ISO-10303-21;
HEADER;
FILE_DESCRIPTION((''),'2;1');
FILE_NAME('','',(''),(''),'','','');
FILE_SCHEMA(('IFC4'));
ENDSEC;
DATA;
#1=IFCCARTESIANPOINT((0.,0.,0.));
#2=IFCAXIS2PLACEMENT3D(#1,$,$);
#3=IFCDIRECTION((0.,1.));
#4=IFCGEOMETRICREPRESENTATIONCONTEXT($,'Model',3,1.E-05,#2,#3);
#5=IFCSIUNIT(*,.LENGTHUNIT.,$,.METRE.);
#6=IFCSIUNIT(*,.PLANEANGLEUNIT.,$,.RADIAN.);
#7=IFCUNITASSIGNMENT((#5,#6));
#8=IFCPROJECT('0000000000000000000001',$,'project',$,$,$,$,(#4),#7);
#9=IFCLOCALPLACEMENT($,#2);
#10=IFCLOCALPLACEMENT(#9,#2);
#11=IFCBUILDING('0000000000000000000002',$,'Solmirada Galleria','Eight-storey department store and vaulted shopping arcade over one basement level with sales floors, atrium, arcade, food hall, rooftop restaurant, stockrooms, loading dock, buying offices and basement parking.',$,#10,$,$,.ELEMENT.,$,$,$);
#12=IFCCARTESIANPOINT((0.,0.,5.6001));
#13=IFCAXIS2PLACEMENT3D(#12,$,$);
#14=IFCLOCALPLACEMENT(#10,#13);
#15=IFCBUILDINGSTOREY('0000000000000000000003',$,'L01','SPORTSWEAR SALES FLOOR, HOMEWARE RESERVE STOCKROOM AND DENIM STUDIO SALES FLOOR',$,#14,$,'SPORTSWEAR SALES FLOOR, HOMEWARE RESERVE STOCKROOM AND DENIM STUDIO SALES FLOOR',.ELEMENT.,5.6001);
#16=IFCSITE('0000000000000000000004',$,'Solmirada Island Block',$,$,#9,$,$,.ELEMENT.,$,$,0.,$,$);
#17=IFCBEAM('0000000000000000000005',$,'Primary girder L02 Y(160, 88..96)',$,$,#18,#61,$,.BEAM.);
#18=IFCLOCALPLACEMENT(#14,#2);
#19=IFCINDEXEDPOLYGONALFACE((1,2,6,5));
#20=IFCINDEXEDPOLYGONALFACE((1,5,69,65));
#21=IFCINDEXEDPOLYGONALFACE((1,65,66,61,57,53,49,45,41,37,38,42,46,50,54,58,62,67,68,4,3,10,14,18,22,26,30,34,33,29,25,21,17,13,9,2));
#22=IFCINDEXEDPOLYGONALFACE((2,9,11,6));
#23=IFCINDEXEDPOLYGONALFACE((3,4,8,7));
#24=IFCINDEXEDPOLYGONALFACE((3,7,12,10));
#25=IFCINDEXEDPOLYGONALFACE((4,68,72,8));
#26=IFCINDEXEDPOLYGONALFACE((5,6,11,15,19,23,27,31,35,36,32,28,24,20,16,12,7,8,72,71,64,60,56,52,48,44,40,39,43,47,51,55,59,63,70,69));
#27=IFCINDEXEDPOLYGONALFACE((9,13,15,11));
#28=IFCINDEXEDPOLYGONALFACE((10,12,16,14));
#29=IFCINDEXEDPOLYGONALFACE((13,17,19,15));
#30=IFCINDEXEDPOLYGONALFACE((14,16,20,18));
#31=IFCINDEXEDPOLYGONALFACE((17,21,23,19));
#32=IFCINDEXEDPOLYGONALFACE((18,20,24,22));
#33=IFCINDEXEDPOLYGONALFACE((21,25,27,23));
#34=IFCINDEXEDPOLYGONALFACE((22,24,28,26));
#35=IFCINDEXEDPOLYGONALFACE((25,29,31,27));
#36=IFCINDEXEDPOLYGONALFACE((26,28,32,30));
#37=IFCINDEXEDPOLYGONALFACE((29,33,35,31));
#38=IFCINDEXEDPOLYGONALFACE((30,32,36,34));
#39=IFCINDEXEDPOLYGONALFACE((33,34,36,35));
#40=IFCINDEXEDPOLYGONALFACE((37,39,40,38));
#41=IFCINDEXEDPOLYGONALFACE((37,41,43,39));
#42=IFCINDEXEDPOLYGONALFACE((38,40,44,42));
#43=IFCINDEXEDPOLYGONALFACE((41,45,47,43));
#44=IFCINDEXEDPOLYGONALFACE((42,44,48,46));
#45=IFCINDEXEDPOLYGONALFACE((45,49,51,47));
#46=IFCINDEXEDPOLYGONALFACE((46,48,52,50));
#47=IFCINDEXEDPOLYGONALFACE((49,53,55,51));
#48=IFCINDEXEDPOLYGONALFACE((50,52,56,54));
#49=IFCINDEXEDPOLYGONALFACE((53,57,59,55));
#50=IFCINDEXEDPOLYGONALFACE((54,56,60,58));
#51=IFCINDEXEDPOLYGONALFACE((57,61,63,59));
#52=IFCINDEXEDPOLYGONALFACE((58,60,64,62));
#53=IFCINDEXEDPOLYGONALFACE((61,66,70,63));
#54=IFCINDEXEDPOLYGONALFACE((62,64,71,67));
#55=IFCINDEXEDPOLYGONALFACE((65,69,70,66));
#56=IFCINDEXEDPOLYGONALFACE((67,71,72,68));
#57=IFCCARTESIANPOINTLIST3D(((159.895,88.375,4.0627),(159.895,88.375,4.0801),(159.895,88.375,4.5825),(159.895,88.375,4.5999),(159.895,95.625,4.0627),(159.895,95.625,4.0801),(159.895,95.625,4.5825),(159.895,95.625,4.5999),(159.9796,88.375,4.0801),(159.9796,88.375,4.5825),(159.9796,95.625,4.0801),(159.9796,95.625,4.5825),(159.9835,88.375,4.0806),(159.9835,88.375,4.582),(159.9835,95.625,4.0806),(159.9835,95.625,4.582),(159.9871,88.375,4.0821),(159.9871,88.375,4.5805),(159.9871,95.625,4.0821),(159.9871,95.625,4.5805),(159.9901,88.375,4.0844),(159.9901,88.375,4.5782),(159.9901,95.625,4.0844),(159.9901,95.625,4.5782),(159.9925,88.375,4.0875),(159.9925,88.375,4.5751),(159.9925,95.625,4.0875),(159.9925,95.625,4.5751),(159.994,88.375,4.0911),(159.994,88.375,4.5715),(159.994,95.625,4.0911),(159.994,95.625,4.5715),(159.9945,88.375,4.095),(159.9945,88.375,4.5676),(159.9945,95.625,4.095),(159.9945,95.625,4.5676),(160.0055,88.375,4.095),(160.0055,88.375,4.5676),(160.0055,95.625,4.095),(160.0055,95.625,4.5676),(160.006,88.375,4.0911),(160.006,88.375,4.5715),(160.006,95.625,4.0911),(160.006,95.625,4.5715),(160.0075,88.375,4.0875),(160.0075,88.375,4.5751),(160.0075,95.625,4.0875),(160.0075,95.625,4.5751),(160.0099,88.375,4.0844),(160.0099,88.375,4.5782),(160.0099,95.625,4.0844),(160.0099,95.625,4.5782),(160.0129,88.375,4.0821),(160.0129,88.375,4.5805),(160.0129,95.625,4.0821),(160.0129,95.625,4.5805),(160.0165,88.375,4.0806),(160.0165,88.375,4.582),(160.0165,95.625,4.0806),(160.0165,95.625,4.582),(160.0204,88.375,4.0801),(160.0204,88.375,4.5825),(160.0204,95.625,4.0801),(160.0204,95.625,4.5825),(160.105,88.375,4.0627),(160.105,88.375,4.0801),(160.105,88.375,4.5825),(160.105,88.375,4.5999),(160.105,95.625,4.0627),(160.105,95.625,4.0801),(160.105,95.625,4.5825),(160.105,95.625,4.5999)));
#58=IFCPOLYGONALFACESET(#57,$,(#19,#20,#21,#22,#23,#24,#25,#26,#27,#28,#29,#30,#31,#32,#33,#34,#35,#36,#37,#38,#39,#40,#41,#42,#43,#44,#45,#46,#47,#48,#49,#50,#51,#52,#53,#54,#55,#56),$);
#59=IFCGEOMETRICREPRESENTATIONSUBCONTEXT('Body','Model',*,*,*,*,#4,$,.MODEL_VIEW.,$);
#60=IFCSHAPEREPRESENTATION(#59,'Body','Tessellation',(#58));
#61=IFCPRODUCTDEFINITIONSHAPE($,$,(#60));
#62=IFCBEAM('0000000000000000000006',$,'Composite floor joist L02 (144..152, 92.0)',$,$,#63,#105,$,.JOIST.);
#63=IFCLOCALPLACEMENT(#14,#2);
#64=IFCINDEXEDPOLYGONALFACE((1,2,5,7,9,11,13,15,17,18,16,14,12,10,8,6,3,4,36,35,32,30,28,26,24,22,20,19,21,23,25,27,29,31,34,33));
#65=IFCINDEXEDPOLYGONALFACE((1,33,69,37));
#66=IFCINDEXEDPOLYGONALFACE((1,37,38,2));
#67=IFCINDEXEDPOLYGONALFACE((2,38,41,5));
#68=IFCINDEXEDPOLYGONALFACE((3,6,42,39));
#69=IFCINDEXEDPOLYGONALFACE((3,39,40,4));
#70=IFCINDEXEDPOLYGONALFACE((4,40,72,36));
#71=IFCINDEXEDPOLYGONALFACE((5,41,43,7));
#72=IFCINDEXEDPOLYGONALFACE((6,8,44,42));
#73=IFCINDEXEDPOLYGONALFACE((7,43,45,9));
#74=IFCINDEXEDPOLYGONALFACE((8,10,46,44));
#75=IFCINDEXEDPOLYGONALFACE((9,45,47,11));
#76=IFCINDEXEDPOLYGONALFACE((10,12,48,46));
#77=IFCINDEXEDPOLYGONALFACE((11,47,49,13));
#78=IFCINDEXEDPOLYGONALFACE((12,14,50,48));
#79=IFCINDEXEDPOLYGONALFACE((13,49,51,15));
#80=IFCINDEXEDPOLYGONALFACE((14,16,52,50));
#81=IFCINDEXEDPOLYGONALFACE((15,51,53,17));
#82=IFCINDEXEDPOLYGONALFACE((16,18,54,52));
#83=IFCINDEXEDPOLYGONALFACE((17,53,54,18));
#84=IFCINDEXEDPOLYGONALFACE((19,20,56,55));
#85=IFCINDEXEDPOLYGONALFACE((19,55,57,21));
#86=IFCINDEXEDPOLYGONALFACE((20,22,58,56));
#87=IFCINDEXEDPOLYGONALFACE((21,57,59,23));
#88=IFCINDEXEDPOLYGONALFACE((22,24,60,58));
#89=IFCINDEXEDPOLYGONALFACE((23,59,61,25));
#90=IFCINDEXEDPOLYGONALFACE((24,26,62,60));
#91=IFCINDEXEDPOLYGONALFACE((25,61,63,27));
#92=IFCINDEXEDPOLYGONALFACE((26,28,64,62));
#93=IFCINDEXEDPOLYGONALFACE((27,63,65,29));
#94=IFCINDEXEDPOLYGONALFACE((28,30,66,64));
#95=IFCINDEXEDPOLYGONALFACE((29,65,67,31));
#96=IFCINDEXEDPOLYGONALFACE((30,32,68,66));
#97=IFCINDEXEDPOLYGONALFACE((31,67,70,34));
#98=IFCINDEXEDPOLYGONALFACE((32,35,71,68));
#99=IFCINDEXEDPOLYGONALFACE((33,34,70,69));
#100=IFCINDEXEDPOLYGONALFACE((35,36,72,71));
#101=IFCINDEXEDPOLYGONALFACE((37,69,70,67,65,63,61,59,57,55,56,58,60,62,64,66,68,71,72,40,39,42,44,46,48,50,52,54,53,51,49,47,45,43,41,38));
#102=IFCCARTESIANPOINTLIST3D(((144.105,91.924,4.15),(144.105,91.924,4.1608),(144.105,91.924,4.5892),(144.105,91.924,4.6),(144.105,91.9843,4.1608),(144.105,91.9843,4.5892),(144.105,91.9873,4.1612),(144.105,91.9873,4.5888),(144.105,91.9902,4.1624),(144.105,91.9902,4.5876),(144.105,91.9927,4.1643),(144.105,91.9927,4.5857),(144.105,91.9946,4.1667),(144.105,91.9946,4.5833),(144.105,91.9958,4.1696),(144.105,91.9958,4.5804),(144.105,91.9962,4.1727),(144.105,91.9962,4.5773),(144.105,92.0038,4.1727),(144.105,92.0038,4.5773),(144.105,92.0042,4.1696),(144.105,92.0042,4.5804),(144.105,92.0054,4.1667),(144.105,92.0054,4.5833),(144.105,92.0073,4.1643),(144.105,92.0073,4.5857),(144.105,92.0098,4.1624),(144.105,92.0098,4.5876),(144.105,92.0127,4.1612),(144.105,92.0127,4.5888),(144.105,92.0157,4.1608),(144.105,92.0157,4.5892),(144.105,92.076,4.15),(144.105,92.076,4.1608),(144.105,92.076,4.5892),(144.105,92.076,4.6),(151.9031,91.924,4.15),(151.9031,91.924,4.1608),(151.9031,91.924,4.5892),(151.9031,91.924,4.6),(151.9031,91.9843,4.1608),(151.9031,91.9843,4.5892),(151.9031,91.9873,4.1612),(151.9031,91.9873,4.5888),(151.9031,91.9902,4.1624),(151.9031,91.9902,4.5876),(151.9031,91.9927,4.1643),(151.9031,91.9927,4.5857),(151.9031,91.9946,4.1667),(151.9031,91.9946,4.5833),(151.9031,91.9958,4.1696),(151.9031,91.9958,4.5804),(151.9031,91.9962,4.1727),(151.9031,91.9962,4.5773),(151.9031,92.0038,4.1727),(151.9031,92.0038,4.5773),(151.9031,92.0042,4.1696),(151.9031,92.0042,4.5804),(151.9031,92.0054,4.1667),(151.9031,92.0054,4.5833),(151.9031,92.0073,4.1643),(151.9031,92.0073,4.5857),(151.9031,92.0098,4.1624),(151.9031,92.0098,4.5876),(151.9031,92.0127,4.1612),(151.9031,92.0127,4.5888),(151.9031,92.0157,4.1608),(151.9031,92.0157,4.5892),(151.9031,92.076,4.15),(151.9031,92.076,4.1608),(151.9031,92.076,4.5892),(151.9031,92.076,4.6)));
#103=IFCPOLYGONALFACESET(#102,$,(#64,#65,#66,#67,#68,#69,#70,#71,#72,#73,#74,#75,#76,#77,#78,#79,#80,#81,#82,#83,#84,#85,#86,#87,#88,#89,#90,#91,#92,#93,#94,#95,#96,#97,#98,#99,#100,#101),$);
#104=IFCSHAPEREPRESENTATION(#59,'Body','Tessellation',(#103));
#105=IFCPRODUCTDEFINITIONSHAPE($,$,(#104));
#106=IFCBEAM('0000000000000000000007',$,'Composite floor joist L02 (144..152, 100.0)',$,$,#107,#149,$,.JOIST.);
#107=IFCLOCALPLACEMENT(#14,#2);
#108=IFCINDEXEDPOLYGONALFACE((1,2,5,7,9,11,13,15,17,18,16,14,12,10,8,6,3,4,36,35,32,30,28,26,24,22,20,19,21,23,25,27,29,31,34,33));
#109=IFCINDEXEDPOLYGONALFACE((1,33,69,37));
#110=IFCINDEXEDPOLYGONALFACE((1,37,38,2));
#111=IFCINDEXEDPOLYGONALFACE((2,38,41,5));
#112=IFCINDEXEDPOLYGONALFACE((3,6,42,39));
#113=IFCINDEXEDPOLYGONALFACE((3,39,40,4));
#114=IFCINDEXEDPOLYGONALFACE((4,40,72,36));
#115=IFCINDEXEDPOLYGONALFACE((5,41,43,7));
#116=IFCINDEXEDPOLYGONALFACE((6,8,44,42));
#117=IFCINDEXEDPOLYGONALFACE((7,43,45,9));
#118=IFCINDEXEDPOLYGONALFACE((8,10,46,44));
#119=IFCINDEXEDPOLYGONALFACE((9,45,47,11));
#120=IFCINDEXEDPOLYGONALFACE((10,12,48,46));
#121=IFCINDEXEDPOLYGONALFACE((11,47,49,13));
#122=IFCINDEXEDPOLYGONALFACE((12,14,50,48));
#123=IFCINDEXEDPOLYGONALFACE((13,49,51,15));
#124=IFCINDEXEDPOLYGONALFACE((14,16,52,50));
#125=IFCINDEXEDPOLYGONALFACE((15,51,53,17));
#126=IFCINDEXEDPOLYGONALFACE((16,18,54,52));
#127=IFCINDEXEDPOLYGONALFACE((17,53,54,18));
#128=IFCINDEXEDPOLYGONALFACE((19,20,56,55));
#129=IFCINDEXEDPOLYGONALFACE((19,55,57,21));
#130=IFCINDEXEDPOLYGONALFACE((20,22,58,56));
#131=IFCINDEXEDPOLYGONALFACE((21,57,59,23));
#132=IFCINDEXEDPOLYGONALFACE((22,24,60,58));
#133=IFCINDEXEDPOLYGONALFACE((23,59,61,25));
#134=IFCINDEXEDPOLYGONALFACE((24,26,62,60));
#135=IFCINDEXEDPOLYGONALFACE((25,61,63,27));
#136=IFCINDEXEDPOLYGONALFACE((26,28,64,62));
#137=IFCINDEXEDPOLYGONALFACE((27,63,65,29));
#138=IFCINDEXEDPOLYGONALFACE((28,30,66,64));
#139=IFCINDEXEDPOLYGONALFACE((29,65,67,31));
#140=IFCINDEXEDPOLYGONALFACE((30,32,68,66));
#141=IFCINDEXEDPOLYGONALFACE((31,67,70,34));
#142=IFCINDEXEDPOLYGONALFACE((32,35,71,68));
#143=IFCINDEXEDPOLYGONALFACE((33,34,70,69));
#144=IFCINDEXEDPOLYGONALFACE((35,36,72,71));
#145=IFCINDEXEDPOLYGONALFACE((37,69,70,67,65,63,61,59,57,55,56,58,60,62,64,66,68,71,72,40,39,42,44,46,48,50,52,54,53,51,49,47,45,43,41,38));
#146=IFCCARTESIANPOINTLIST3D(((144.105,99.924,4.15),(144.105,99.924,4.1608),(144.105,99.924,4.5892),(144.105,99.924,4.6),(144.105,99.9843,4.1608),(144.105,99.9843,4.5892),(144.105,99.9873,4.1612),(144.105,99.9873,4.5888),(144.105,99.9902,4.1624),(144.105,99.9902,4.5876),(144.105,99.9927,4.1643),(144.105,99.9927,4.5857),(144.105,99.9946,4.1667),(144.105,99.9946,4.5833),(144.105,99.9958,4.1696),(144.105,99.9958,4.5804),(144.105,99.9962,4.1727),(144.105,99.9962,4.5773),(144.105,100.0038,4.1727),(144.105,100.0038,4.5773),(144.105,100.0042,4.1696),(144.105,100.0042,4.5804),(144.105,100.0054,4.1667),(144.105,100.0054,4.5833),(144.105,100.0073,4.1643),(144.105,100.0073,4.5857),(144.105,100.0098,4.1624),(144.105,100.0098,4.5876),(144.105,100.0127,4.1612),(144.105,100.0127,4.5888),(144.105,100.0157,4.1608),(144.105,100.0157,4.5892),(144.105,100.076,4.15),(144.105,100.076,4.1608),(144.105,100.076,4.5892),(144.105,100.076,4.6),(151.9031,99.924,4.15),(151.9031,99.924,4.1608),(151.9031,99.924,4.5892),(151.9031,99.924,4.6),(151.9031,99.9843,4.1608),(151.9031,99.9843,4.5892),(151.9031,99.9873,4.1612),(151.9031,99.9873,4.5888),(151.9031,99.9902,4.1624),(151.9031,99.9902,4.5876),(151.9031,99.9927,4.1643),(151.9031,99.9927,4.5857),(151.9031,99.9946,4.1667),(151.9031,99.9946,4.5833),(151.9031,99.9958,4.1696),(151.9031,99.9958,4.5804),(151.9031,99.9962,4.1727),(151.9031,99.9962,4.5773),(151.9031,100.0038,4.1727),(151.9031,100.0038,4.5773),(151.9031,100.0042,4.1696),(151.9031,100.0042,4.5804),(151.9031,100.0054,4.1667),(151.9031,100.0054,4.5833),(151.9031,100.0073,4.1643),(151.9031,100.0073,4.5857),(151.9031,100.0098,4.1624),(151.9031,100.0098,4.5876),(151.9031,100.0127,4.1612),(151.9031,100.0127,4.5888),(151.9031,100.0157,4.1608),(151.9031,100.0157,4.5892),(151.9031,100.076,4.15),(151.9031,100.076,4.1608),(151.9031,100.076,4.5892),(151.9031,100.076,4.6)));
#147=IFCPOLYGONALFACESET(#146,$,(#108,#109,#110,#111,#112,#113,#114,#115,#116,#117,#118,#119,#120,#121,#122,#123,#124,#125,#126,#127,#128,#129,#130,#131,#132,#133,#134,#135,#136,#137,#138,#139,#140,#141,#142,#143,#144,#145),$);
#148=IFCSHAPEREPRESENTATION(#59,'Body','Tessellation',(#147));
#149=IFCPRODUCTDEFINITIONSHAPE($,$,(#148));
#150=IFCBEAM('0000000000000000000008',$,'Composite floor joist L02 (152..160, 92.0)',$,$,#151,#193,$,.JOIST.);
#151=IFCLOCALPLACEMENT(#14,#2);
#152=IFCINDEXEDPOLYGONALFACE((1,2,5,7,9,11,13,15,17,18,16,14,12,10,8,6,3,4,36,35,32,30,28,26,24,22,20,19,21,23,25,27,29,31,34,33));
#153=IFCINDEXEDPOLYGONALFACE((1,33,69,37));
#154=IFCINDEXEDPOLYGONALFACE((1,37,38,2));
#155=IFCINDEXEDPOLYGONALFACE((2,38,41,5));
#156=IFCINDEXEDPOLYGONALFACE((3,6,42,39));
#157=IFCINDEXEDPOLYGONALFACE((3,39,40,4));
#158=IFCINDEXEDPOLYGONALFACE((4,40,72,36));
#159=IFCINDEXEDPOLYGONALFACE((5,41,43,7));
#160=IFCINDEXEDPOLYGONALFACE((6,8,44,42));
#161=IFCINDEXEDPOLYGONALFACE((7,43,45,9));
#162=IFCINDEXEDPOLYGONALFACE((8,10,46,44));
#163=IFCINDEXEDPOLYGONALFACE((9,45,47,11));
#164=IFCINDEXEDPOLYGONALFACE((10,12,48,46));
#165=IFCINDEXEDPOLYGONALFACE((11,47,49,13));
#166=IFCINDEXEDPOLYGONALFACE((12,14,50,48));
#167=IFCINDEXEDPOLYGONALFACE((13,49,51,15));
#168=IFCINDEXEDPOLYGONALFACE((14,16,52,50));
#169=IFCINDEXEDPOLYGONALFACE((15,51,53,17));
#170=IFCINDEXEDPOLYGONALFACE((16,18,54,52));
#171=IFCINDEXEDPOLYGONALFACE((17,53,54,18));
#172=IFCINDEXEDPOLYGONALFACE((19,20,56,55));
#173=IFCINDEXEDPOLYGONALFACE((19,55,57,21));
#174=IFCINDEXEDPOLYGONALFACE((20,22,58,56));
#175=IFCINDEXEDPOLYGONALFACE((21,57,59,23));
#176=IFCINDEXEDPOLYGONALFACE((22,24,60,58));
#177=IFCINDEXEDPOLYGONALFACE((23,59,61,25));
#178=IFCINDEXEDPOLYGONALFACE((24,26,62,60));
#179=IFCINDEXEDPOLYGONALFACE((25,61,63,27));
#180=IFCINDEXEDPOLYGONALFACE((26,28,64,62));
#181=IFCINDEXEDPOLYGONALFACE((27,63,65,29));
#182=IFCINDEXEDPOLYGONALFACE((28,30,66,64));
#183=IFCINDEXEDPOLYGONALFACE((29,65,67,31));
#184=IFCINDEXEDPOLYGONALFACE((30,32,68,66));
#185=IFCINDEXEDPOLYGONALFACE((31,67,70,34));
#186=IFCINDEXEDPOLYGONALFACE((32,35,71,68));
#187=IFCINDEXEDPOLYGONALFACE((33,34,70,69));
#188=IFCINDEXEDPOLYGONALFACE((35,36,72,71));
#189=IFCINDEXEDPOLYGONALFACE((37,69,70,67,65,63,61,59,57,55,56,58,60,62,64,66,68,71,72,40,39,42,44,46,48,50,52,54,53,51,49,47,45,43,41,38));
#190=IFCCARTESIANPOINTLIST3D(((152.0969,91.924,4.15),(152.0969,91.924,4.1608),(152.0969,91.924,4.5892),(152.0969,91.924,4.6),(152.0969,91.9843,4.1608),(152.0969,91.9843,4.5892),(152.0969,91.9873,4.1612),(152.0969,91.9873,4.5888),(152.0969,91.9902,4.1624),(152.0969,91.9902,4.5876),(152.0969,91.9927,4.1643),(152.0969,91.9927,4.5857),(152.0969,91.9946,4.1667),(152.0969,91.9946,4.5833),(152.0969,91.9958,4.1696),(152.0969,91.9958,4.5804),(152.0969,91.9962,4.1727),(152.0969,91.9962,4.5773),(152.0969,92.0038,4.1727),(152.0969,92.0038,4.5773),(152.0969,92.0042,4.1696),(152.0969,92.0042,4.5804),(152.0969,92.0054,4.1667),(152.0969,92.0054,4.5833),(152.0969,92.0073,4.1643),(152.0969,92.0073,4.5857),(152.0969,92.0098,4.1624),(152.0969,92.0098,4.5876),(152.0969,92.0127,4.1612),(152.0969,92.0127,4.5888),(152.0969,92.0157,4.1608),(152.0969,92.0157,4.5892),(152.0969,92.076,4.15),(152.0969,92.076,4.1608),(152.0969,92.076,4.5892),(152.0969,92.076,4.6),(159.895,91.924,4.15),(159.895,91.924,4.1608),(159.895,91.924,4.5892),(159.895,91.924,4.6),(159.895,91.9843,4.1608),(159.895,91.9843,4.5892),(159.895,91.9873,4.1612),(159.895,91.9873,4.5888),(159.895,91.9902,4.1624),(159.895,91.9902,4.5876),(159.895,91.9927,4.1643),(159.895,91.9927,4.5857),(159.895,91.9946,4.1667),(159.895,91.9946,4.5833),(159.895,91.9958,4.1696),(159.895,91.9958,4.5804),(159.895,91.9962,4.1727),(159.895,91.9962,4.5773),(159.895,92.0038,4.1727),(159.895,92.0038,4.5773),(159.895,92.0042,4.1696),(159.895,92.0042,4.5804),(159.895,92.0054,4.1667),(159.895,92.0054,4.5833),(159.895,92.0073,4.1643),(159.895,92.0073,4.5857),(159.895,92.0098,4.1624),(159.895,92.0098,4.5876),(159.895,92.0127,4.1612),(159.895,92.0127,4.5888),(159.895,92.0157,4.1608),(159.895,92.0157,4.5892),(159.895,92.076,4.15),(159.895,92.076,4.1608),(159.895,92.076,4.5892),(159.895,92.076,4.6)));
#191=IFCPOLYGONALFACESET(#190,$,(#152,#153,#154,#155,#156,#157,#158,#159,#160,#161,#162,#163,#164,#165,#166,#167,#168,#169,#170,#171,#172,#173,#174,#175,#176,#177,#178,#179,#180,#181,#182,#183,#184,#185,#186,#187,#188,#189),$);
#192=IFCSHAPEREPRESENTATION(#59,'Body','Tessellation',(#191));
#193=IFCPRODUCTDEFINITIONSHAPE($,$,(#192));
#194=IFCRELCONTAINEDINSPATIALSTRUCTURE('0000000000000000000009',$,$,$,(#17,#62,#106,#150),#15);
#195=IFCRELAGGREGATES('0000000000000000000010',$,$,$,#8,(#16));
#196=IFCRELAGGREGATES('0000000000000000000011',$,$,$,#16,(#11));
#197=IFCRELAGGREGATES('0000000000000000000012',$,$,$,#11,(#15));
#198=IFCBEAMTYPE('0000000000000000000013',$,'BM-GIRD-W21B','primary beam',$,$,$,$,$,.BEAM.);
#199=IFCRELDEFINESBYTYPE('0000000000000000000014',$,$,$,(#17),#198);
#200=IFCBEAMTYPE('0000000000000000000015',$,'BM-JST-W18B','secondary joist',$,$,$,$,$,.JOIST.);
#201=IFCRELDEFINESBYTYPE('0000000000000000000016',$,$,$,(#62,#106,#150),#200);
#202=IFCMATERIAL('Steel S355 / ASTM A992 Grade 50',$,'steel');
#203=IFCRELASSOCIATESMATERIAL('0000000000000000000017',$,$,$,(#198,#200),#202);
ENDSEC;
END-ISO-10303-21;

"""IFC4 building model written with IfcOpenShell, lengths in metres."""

from ifc_helpers import new_model, si_unit, direction, frame, origin, origin_2d, place, context, subcontext, project, spatial, i_section, extrude, material, material_profile, profile_set, type_object, element, save


model = new_model("IFC4")

# Units and contexts
model_context = context("Model", 3, precision=1e-05, world=origin(), true_north=direction((0.0, 1.0)))
body_context = subcontext(model_context, "Body", "Model", "MODEL_VIEW")
ifc_project = project(units=[si_unit("LENGTHUNIT", "METRE"), si_unit("PLANEANGLEUNIT", "RADIAN")], contexts=[model_context])

# Site, building, storey
site_placement = place(None, origin())
site = spatial("IfcSite", under=ifc_project, at=site_placement, Name="Solmirada Island Block", CompositionType="ELEMENT", RefElevation=0.0)
building_placement = place(site_placement, origin())
building = spatial("IfcBuilding", under=site, at=building_placement, Name="Solmirada Galleria", Description="Eight-storey department store and vaulted shopping arcade over one basement level with sales floors, atrium, arcade, food hall, rooftop restaurant, stockrooms, loading dock, buying offices and basement parking.", CompositionType="ELEMENT")
storey_placement = place(building_placement, frame((0.0, 0.0, 5.6001)))
storey = spatial("IfcBuildingStorey", under=building, at=storey_placement, Name="L01", Description="SPORTSWEAR SALES FLOOR, HOMEWARE RESERVE STOCKROOM AND DENIM STUDIO SALES FLOOR", LongName="SPORTSWEAR SALES FLOOR, HOMEWARE RESERVE STOCKROOM AND DENIM STUDIO SALES FLOOR", CompositionType="ELEMENT", Elevation=5.6001)

# Beams
ifc_material_1 = material(Name="Steel S355 / ASTM A992 Grade 50", Category="steel")
ifc_material_profile_1 = material_profile(ifc_material_1, i_section(OverallWidth=0.21, OverallDepth=0.5371, WebThickness=0.011, FlangeThickness=0.0173, FilletRadius=0.0149, at=origin_2d()), Name="W21X68")
ifc_profile_set_1 = profile_set([ifc_material_profile_1], Name="Steel S355 / ASTM A992 Grade 50")
beam_type_1 = type_object("IfcBeamType", Name="BM-GIRD-W21B", Description="primary beam", PredefinedType="BEAM", material=ifc_profile_set_1)
for number, where, z_axis, x_axis, name in (
    (1, (160.0, 88.375, 4.3313), (0.0, 1.0, 0.0), (-1.0, 0.0, 0.0), "Primary girder L02 Y(160, 88..96)"),
):
    element("IfcBeam", number, at=place(storey_placement, frame(where, z_axis=z_axis, x_axis=x_axis)), inside=storey, type_object=beam_type_1, Name=name, PredefinedType="BEAM", context=body_context, shape_type="SweptSolid", body=[
        extrude(i_section(OverallWidth=0.21, OverallDepth=0.5371, WebThickness=0.011, FlangeThickness=0.0173, FilletRadius=0.0149, at=origin_2d()), origin(), (0.0, 0.0, 1.0), 7.25),
    ])
ifc_material_profile_2 = material_profile(ifc_material_1, i_section(OverallWidth=0.1521, OverallDepth=0.45, WebThickness=0.0076, FlangeThickness=0.0107, FilletRadius=0.012, at=origin_2d()), Name="W18X35")
ifc_profile_set_2 = profile_set([ifc_material_profile_2], Name="Steel S355 / ASTM A992 Grade 50")
beam_type_2 = type_object("IfcBeamType", Name="BM-JST-W18B", Description="secondary joist", PredefinedType="JOIST", material=ifc_profile_set_2)
for number, where, z_axis, x_axis, name in (
    (2, (144.105, 92.0, 4.375), (1.0, 0.0, 0.0), (0.0, 1.0, 0.0), "Composite floor joist L02 (144..152, 92.0)"),
    (3, (144.105, 100.0, 4.375), (1.0, 0.0, 0.0), (0.0, 1.0, 0.0), "Composite floor joist L02 (144..152, 100.0)"),
    (4, (152.0969, 92.0, 4.375), (1.0, 0.0, 0.0), (0.0, 1.0, 0.0), "Composite floor joist L02 (152..160, 92.0)"),
):
    element("IfcBeam", number, at=place(storey_placement, frame(where, z_axis=z_axis, x_axis=x_axis)), inside=storey, type_object=beam_type_2, Name=name, PredefinedType="JOIST", context=body_context, shape_type="SweptSolid", body=[
        extrude(i_section(OverallWidth=0.1521, OverallDepth=0.45, WebThickness=0.0076, FlangeThickness=0.0107, FilletRadius=0.012, at=origin_2d()), origin(), (0.0, 0.0, 1.0), 7.7981),
    ])

save(model, "model.ifc")
